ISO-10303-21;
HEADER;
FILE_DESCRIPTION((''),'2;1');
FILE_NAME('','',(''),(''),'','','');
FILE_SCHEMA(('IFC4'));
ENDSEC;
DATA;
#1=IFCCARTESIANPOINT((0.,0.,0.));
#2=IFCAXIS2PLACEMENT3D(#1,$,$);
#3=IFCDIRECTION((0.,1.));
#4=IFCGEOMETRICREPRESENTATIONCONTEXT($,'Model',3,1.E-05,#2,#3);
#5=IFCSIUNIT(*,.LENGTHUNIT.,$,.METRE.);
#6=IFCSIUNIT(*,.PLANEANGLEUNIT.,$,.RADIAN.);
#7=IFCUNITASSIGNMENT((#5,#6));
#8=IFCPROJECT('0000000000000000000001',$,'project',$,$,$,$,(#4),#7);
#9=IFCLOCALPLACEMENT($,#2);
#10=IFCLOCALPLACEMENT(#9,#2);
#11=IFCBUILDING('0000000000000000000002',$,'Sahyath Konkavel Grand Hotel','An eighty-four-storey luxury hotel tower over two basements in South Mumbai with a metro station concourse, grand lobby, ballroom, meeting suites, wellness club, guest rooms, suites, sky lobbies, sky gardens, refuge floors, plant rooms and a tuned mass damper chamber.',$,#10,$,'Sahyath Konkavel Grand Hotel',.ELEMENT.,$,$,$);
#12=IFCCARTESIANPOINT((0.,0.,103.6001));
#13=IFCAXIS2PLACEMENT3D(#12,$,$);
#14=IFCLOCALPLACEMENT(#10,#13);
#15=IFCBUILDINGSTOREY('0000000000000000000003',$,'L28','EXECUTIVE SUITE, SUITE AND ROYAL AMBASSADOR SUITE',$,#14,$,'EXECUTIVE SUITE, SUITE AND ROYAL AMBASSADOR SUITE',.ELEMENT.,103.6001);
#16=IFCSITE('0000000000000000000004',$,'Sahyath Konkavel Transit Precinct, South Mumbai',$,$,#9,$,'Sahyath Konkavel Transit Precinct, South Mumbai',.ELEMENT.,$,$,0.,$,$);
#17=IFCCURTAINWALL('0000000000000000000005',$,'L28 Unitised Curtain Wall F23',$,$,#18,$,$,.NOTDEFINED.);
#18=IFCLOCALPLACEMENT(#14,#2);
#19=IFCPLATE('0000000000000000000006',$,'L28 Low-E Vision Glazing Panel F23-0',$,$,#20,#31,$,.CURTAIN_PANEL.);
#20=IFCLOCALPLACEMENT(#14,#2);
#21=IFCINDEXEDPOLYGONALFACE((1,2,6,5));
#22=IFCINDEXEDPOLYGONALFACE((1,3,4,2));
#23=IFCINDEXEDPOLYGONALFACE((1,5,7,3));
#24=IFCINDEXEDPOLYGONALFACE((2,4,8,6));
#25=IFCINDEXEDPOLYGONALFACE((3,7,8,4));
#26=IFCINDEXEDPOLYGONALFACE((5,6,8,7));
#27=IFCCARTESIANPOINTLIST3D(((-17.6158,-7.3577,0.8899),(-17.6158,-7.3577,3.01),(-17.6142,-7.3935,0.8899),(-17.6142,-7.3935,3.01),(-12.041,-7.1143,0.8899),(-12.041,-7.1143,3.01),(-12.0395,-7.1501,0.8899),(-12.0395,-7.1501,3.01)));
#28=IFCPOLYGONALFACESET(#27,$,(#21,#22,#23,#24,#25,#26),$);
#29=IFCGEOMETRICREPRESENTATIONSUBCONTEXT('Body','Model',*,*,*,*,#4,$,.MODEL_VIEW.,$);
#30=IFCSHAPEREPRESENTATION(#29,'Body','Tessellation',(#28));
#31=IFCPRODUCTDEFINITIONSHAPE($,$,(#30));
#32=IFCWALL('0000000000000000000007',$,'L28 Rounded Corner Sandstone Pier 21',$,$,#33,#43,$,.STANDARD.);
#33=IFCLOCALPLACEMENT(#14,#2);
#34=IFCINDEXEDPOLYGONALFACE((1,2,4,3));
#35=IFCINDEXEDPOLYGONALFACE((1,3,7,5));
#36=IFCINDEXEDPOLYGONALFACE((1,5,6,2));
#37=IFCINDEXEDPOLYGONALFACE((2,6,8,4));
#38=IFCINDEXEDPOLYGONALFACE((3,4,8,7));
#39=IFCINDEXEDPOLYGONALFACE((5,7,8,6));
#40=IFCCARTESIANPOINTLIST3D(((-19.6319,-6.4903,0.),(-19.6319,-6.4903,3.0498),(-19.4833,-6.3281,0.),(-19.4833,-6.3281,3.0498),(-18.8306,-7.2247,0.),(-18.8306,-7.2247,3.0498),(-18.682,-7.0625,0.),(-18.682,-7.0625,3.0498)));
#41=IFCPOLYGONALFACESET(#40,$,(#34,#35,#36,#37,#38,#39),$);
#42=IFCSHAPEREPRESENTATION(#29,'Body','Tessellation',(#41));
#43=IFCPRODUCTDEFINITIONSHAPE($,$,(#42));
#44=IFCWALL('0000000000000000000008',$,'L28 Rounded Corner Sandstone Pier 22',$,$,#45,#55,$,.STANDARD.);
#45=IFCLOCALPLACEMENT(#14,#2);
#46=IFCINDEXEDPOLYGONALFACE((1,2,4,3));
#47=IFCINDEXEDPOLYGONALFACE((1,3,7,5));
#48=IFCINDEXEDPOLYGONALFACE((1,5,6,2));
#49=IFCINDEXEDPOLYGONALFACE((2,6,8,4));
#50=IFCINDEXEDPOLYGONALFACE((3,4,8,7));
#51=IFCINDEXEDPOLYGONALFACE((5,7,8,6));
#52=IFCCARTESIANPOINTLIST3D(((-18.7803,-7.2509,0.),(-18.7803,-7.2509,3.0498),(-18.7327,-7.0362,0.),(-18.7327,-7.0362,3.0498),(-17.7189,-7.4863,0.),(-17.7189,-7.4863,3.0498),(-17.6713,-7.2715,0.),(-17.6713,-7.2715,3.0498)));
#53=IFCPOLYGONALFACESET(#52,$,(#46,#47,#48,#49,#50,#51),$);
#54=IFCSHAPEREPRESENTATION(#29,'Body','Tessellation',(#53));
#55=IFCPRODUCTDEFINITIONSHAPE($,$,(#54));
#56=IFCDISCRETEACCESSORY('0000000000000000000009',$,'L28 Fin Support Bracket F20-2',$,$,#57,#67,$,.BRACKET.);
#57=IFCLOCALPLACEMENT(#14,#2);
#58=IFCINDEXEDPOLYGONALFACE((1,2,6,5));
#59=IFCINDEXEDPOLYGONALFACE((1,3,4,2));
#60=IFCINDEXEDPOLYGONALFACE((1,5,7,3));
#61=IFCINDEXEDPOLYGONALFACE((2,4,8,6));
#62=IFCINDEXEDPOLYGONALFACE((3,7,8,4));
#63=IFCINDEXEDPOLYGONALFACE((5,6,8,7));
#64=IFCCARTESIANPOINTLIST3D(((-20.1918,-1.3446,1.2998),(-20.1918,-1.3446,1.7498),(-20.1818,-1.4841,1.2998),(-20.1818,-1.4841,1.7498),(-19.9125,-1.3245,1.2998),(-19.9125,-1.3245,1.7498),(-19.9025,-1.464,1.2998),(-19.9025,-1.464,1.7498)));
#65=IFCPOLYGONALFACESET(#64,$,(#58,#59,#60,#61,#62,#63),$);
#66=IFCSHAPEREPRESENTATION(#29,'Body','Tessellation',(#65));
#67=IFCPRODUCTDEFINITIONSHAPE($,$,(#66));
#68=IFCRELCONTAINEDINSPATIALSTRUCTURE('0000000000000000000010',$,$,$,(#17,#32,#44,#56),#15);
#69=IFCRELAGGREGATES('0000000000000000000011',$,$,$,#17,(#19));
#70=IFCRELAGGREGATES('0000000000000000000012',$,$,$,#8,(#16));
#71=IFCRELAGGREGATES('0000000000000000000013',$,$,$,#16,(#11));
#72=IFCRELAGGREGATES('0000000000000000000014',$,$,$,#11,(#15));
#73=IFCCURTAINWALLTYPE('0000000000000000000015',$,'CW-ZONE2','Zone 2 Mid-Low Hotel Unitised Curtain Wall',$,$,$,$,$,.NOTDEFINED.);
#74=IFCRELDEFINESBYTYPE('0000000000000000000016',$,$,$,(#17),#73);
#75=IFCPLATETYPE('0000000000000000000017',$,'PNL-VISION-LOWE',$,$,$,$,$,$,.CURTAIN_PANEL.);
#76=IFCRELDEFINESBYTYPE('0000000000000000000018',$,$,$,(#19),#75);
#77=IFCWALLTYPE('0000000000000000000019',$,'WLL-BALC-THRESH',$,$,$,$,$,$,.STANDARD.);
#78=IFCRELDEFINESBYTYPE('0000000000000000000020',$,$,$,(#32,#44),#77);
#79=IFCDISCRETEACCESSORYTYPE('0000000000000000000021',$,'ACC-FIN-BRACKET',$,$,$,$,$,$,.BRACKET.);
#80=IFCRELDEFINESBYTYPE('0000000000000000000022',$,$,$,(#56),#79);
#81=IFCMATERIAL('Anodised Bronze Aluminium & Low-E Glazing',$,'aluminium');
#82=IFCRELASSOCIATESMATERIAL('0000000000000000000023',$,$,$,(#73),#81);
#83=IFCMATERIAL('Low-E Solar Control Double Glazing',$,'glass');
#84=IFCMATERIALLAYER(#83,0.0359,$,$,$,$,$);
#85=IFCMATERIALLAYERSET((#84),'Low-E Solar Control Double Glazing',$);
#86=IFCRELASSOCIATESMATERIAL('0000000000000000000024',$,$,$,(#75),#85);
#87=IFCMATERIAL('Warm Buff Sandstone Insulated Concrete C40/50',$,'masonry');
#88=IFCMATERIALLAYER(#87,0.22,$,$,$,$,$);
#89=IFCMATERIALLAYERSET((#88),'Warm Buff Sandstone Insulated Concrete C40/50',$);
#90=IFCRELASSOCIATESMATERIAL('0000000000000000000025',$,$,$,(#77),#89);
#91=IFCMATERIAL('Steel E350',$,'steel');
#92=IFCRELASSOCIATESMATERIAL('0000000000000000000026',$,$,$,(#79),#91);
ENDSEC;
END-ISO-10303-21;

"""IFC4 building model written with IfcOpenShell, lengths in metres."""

from ifc_helpers import new_model, si_unit, direction, frame, frame_2d, origin, origin_2d, place, context, subcontext, project, spatial, rectangle, extrude, source, transform, mapped, material, layer, layer_set, type_object, element, aggregate, save


model = new_model("IFC4")

# Units and contexts
model_context = context("Model", 3, precision=1e-05, world=origin(), true_north=direction((0.0, 1.0)))
body_context = subcontext(model_context, "Body", "Model", "MODEL_VIEW")
ifc_project = project(units=[si_unit("LENGTHUNIT", "METRE"), si_unit("PLANEANGLEUNIT", "RADIAN")], contexts=[model_context])

# Site, building, storey
site_placement = place(None, origin())
site = spatial("IfcSite", under=ifc_project, at=site_placement, Name="Sahyath Konkavel Transit Precinct, South Mumbai", LongName="Sahyath Konkavel Transit Precinct, South Mumbai", CompositionType="ELEMENT", RefElevation=0.0)
building_placement = place(site_placement, origin())
building = spatial("IfcBuilding", under=site, at=building_placement, Name="Sahyath Konkavel Grand Hotel", Description="An eighty-four-storey luxury hotel tower over two basements in South Mumbai with a metro station concourse, grand lobby, ballroom, meeting suites, wellness club, guest rooms, suites, sky lobbies, sky gardens, refuge floors, plant rooms and a tuned mass damper chamber.", LongName="Sahyath Konkavel Grand Hotel", CompositionType="ELEMENT")
storey_placement = place(building_placement, frame((0.0, 0.0, 103.6001)))
storey = spatial("IfcBuildingStorey", under=building, at=storey_placement, Name="L28", Description="EXECUTIVE SUITE, SUITE AND ROYAL AMBASSADOR SUITE", LongName="EXECUTIVE SUITE, SUITE AND ROYAL AMBASSADOR SUITE", CompositionType="ELEMENT", Elevation=103.6001)

# Shared definitions
ifc_material_1 = material(Name="Steel E350", Category="steel")

# Shared definitions
ifc_material_2 = material(Name="Anodised Bronze Aluminium & Low-E Glazing", Category="aluminium")
curtain_wall_type = type_object("IfcCurtainWallType", Name="CW-ZONE2", Description="Zone 2 Mid-Low Hotel Unitised Curtain Wall", PredefinedType="NOTDEFINED", material=ifc_material_2)

# Curtain wall
curtain_wall_1_placement = place(storey_placement, origin())
curtain_wall_1 = element("IfcCurtainWall", 1, at=curtain_wall_1_placement, inside=storey, type_object=curtain_wall_type, Name="L28 Unitised Curtain Wall F23", PredefinedType="NOTDEFINED")

# Plate
ifc_material_3 = material(Name="Low-E Solar Control Double Glazing", Category="glass")
ifc_layer_1 = layer(ifc_material_3, 0.0359)
ifc_layer_set_1 = layer_set([ifc_layer_1], Name="Low-E Solar Control Double Glazing")
plate_type_1 = type_object("IfcPlateType", Name="PNL-VISION-LOWE", PredefinedType="CURTAIN_PANEL", material=ifc_layer_set_1)
shared_shape_1 = source(origin(), body_context, "Body", "SweptSolid", [
    extrude(rectangle(XDim=5.5801, YDim=0.0359, at=origin_2d()), origin(), (0.0, 0.0, 1.0), 2.1201),
])
plate_1_placement = place(storey_placement, frame((-14.8276, -7.2539, 0.8899), z_axis=(0.0, 0.0, 1.0), x_axis=(0.999048, 0.043619, 0.0)))
plate_1 = element("IfcPlate", 2, at=plate_1_placement, type_object=plate_type_1, Name="L28 Low-E Vision Glazing Panel F23-0", PredefinedType="CURTAIN_PANEL", context=body_context, shape_type="MappedRepresentation", body=[
    mapped(shared_shape_1, transform((0.0, 0.0, 0.0), scale=1.0)),
])
aggregate(curtain_wall_1, [plate_1])

# Walls
ifc_material_4 = material(Name="Warm Buff Sandstone Insulated Concrete C40/50", Category="masonry")
ifc_layer_2 = layer(ifc_material_4, 0.22)
ifc_layer_set_2 = layer_set([ifc_layer_2], Name="Warm Buff Sandstone Insulated Concrete C40/50")
wall_type = type_object("IfcWallType", Name="WLL-BALC-THRESH", PredefinedType="STANDARD", material=ifc_layer_set_2)
wall_1_placement = place(storey_placement, frame((-19.5576, -6.4092, 0.0), z_axis=(0.0, 0.0, 1.0), x_axis=(0.73721, -0.675664, 0.0)))
element("IfcWall", 3, at=wall_1_placement, inside=storey, type_object=wall_type, Name="L28 Rounded Corner Sandstone Pier 21", PredefinedType="STANDARD", context=body_context, shape_type="SweptSolid", body=[
    extrude(rectangle(XDim=1.0869, YDim=0.22, at=frame_2d((0.5435, 0.0))), origin(), (0.0, 0.0, 1.0), 3.0498),
])
wall_2_placement = place(storey_placement, frame((-18.7563, -7.1436, 0.0), z_axis=(0.0, 0.0, 1.0), x_axis=(0.976282, -0.216502, 0.0)))
element("IfcWall", 4, at=wall_2_placement, inside=storey, type_object=wall_type, Name="L28 Rounded Corner Sandstone Pier 22", PredefinedType="STANDARD", context=body_context, shape_type="SweptSolid", body=[
    extrude(rectangle(XDim=1.0872, YDim=0.22, at=frame_2d((0.5435, 0.0))), origin(), (0.0, 0.0, 1.0), 3.0498),
])

# Discrete accessory
discrete_accessory_type = type_object("IfcDiscreteAccessoryType", Name="ACC-FIN-BRACKET", PredefinedType="BRACKET", material=ifc_material_1)
shared_shape_2 = source(origin(), body_context, "Body", "SweptSolid", [
    extrude(rectangle(XDim=0.28, YDim=0.1399, at=origin_2d()), origin(), (0.0, 0.0, 1.0), 0.45),
])
discrete_accessory_placement = place(storey_placement, frame((-20.0471, -1.4043, 1.2998), z_axis=(0.0, 0.0, 1.0), x_axis=(-0.997436, -0.071567, 0.0)))
element("IfcDiscreteAccessory", 5, at=discrete_accessory_placement, inside=storey, type_object=discrete_accessory_type, Name="L28 Fin Support Bracket F20-2", PredefinedType="BRACKET", context=body_context, shape_type="MappedRepresentation", body=[
    mapped(shared_shape_2, transform((0.0, 0.0, 0.0), scale=1.0)),
])

save(model, "model.ifc")
